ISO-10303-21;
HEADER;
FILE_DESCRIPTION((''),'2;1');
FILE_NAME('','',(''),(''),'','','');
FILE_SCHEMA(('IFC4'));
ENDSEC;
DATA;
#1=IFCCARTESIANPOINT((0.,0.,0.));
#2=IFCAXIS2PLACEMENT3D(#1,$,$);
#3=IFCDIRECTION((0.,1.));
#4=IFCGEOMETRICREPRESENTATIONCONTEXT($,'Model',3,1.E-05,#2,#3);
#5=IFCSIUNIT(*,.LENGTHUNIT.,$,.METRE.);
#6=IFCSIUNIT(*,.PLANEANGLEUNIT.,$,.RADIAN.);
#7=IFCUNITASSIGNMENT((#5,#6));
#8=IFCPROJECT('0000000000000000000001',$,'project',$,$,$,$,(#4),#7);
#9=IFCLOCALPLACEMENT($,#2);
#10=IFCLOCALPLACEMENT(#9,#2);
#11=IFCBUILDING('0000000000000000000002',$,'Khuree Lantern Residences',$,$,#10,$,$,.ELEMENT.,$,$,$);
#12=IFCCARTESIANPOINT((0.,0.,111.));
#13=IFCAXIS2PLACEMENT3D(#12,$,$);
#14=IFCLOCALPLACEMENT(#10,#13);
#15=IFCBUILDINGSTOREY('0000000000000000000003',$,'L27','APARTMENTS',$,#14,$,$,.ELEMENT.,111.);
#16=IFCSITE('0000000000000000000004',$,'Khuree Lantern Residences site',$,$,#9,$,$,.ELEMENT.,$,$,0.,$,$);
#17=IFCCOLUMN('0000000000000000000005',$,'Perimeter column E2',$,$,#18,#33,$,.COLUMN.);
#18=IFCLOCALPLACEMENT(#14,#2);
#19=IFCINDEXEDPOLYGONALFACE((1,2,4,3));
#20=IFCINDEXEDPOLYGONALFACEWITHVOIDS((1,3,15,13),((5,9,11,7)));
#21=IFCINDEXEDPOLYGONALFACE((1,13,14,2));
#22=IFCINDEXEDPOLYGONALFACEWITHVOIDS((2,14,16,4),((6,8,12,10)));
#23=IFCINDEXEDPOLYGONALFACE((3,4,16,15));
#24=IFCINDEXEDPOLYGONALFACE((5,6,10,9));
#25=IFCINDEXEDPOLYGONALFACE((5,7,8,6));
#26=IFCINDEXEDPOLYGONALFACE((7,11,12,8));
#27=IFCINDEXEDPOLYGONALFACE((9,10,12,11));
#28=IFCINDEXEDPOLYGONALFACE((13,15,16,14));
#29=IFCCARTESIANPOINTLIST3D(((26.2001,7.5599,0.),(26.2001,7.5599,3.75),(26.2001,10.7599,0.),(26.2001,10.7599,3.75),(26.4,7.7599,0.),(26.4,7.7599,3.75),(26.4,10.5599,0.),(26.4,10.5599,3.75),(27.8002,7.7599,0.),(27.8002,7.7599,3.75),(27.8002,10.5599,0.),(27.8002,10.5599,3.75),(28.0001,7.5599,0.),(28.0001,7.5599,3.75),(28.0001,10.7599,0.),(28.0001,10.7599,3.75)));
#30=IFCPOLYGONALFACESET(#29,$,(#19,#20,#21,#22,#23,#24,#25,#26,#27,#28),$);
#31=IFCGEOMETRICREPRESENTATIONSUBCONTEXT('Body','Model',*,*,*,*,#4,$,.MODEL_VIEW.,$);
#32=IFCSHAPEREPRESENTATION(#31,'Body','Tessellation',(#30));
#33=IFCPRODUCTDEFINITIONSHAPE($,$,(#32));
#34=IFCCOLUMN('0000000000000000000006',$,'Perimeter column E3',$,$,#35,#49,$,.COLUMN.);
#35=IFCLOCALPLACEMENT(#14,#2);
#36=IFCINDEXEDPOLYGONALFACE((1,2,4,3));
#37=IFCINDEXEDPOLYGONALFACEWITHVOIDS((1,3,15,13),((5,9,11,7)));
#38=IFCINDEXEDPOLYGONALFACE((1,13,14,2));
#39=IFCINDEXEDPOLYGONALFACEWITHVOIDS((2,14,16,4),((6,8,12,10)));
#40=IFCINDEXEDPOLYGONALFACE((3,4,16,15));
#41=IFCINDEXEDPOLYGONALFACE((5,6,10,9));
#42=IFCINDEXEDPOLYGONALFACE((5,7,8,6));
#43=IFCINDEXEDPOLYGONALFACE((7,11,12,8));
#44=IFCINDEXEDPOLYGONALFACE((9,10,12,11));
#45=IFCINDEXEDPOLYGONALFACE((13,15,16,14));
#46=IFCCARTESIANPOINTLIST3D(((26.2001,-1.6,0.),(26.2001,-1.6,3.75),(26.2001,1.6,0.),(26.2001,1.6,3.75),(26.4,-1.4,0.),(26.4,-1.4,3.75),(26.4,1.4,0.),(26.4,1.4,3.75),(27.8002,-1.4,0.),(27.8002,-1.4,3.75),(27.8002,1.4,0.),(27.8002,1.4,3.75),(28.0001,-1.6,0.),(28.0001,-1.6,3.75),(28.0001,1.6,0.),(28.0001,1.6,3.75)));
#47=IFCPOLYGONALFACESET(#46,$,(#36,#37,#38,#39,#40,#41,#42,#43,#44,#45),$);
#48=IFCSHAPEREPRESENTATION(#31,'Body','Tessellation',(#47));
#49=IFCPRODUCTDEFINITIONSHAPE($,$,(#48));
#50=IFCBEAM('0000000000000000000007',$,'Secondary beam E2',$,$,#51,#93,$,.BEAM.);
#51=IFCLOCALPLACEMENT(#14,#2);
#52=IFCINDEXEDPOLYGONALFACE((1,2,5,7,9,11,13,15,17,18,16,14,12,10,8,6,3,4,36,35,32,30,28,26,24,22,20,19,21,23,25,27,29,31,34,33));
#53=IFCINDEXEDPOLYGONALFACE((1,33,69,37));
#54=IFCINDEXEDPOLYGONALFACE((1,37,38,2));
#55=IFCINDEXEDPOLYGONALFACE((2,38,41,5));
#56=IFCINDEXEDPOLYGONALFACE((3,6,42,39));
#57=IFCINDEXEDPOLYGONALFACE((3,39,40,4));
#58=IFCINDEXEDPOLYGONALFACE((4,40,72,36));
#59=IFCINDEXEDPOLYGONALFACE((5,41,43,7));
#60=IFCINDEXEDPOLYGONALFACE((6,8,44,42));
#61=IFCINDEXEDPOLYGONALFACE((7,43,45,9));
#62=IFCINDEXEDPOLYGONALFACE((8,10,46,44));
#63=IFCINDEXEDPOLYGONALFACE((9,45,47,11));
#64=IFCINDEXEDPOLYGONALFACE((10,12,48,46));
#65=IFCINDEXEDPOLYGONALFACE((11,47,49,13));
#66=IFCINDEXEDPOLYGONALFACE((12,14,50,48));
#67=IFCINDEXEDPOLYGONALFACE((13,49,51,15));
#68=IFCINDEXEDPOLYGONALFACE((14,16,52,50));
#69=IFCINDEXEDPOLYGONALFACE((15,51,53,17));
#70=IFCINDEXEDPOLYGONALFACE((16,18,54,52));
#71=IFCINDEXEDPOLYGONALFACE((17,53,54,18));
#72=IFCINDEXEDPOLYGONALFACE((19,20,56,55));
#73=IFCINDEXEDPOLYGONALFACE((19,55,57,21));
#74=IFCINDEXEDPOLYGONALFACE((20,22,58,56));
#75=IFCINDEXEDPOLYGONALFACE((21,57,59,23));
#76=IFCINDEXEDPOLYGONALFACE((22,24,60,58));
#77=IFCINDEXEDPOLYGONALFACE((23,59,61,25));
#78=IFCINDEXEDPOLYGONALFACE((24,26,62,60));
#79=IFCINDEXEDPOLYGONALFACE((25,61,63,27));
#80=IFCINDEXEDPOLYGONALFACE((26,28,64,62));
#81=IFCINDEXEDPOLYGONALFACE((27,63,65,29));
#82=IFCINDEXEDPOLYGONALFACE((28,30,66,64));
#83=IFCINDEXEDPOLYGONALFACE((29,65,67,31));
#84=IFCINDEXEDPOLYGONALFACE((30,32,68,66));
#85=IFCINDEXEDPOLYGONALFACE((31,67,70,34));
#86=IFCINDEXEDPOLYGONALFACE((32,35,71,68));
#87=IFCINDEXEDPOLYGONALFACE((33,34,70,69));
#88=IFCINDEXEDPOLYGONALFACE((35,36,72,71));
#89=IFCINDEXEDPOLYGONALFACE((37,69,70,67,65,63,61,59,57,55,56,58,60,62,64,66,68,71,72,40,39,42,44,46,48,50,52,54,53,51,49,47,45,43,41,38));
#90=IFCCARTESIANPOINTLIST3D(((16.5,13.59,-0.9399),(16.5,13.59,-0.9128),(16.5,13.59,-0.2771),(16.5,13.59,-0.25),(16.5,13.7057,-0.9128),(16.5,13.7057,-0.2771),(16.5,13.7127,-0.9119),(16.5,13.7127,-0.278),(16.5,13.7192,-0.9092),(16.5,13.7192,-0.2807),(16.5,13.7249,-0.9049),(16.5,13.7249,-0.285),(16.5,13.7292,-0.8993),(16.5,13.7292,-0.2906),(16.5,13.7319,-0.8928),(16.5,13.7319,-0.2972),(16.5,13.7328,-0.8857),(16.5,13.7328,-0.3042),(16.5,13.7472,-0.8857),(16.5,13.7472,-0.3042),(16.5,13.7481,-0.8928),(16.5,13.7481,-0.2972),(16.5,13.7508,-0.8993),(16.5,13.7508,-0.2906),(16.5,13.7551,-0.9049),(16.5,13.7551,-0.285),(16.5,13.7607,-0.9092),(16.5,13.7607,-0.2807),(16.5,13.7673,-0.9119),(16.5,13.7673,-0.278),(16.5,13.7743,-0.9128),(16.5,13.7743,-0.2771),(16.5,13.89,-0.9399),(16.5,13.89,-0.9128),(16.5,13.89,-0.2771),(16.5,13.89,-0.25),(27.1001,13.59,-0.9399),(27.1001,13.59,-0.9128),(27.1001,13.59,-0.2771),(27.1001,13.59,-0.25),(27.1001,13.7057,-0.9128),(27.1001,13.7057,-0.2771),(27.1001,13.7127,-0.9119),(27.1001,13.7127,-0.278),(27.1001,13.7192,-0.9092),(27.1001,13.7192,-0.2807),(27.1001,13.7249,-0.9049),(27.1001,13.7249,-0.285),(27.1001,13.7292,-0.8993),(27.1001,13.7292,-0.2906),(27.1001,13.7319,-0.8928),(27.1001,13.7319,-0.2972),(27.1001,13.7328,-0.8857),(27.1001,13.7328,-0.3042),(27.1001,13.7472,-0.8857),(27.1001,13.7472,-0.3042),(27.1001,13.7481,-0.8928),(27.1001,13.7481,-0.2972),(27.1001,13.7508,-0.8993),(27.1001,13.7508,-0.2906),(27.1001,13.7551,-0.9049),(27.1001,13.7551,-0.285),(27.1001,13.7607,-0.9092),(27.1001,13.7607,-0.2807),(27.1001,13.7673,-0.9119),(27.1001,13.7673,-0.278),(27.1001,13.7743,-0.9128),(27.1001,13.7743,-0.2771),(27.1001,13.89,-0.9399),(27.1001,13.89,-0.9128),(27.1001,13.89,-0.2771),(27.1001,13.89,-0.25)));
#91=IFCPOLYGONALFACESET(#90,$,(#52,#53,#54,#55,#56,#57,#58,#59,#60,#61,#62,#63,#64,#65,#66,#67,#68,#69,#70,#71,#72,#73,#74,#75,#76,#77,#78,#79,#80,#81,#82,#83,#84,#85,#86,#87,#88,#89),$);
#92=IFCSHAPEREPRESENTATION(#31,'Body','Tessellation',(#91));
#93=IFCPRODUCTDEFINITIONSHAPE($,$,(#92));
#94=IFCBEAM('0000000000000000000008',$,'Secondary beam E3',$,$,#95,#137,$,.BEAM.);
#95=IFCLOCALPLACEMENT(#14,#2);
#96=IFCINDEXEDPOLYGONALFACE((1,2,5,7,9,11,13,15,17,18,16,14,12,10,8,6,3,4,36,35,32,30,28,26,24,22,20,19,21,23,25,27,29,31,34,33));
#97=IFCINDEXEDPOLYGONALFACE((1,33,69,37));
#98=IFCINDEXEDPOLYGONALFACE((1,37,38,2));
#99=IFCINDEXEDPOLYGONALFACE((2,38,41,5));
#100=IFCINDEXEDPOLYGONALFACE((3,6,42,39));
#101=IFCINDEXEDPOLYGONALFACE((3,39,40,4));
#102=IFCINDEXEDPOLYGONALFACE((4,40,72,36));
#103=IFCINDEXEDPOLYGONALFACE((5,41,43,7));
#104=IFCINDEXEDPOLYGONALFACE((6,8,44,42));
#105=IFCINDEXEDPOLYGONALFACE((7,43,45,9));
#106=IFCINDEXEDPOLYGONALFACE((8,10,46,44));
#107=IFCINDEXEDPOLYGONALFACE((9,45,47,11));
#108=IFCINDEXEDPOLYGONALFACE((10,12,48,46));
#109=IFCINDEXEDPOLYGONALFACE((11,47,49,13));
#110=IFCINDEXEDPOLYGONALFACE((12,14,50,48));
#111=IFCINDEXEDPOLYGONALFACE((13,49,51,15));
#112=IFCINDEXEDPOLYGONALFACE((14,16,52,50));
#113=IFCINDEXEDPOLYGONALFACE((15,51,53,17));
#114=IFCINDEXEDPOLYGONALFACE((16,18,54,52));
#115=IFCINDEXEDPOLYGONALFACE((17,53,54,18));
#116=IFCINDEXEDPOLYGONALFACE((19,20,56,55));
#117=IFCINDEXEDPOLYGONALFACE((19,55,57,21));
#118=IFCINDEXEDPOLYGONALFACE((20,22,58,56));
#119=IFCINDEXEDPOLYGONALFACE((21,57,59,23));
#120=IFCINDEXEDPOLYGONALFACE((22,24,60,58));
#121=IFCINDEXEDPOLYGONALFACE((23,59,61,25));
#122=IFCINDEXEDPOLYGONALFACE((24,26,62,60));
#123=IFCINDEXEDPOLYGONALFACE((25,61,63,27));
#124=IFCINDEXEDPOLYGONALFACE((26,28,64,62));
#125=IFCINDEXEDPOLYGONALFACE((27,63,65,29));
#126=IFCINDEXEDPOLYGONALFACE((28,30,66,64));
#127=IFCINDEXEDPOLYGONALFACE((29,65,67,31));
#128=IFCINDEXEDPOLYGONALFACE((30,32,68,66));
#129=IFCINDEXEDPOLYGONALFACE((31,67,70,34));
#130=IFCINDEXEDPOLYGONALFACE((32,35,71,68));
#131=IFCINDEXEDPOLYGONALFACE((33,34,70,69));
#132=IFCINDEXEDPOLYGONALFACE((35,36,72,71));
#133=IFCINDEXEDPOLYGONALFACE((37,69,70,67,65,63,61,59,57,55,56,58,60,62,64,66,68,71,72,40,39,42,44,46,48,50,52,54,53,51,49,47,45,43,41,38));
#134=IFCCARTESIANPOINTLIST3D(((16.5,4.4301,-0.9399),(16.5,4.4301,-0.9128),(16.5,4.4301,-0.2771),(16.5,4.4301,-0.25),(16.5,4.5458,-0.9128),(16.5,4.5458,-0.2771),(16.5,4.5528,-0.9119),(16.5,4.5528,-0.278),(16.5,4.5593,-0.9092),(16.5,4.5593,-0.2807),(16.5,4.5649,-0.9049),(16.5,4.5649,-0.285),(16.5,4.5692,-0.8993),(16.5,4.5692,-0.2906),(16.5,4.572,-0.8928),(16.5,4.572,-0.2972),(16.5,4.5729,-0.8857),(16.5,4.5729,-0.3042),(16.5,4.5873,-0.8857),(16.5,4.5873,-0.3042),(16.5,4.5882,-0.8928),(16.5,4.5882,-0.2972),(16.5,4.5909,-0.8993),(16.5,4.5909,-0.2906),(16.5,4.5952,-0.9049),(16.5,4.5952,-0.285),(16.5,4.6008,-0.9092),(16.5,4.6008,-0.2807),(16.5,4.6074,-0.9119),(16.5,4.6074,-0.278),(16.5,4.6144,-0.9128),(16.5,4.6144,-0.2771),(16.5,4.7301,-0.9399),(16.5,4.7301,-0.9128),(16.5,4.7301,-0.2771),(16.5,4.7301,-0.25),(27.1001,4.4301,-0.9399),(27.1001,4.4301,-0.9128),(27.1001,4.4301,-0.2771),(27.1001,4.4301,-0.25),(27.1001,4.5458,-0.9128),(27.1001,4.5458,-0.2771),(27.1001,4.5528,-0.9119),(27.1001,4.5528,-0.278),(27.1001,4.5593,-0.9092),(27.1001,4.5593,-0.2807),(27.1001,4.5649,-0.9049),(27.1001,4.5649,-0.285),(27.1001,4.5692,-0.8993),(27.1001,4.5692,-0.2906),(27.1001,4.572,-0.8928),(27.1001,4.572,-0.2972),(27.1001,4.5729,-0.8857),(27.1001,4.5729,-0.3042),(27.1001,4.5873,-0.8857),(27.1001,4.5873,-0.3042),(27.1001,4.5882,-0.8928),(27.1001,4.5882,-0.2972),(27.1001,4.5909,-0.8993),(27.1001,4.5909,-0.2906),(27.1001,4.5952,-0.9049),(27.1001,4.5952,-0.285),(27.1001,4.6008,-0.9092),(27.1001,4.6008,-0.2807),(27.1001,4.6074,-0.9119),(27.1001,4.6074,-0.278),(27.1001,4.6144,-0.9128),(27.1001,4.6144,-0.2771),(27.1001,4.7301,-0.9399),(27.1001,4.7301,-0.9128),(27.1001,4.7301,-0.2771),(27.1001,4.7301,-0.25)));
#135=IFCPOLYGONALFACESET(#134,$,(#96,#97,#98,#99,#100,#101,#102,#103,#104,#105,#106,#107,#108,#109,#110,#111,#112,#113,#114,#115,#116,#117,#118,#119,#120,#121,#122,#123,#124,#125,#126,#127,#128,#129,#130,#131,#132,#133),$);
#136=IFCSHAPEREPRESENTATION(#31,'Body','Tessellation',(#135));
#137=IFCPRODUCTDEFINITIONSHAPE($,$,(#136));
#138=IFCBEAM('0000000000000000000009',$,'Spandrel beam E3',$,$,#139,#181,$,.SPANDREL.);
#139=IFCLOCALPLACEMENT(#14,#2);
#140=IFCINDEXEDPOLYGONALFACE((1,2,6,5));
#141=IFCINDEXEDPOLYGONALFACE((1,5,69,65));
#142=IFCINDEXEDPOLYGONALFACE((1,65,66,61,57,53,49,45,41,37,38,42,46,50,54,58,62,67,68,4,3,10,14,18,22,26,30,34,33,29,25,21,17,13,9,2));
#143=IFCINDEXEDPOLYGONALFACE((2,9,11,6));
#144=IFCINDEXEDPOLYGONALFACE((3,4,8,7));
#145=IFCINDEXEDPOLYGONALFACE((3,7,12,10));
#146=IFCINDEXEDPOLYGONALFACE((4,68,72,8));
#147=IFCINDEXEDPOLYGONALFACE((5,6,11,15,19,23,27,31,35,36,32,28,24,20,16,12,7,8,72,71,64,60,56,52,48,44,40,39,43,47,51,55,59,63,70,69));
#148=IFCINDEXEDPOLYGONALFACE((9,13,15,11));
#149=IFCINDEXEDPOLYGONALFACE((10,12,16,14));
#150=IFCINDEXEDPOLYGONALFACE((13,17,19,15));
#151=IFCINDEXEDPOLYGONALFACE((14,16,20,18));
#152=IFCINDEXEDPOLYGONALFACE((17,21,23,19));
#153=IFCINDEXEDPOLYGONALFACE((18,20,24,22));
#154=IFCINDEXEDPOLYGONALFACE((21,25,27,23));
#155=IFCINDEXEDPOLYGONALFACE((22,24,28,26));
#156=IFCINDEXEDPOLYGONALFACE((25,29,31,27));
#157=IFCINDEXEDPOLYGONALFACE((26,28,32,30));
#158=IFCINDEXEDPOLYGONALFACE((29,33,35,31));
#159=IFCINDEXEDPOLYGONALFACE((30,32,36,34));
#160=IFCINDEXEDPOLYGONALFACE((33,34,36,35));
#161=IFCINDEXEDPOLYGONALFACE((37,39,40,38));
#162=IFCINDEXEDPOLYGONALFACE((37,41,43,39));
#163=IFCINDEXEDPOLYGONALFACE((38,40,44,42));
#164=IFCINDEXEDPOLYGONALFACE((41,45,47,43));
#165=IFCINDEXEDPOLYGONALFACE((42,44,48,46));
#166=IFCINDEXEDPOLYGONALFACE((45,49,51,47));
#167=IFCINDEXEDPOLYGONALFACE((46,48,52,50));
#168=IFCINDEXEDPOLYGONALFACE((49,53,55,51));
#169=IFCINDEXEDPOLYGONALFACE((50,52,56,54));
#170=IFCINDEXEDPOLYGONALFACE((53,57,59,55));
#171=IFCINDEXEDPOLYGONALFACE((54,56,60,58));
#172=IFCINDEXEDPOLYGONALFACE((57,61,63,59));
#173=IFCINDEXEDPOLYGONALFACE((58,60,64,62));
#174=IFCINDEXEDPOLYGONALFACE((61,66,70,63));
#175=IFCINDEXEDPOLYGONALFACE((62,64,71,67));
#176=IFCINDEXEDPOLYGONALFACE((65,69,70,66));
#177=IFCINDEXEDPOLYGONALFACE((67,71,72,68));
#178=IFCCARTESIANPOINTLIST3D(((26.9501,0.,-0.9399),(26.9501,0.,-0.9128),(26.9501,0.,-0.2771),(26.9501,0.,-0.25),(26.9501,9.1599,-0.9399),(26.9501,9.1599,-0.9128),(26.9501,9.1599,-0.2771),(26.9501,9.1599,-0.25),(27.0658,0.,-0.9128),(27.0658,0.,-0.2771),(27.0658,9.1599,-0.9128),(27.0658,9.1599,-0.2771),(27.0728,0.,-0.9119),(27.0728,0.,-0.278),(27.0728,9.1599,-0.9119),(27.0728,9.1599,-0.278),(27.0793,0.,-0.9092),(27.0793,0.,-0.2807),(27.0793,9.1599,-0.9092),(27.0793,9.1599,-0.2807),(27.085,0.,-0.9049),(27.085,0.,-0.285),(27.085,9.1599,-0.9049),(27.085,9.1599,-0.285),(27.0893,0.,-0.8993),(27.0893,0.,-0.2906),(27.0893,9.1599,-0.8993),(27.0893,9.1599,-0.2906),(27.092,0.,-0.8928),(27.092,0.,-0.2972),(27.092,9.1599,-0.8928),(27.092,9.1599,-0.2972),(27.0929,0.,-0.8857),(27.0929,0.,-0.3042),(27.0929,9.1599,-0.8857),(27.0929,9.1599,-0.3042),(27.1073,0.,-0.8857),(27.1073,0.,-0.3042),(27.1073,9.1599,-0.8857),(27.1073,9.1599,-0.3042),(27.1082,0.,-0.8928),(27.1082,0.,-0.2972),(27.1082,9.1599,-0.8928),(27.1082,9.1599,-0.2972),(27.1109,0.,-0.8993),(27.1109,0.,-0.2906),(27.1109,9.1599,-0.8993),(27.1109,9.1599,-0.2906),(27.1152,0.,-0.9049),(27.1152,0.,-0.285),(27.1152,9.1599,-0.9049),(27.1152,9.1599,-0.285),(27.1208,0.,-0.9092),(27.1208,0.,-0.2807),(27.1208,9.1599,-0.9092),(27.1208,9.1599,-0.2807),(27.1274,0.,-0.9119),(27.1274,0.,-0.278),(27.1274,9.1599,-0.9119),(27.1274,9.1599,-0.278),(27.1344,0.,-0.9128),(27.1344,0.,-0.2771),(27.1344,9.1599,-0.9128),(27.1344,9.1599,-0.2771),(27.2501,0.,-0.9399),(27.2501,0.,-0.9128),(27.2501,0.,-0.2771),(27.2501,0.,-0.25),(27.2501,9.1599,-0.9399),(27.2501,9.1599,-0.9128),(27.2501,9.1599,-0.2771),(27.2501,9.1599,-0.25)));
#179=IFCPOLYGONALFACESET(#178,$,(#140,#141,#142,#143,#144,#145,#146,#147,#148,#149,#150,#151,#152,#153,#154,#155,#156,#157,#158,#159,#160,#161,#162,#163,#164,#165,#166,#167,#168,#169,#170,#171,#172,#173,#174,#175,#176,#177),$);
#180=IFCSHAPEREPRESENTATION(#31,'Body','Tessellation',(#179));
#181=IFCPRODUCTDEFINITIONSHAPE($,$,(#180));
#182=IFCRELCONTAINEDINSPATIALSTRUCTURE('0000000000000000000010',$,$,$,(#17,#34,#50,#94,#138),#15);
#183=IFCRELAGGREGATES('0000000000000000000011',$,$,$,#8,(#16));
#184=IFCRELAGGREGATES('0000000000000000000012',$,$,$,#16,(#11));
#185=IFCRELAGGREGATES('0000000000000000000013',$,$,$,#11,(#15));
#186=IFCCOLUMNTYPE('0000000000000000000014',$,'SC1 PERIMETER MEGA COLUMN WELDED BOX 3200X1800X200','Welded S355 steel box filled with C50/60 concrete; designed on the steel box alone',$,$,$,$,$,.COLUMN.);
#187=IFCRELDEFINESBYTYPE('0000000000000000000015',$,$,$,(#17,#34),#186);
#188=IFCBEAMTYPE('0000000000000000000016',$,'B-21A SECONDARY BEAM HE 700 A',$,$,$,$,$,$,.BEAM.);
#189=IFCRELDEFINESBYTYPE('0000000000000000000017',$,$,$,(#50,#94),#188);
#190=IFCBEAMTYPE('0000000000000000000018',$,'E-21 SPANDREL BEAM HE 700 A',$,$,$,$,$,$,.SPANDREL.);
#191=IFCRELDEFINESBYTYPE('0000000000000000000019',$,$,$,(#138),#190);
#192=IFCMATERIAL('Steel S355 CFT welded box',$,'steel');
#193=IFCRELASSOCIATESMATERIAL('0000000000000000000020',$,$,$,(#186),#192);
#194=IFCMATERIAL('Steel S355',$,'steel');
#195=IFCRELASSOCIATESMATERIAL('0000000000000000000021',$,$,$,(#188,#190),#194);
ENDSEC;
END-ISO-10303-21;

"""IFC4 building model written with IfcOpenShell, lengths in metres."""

from ifc_helpers import new_model, si_unit, direction, frame, origin, origin_2d, place, context, subcontext, project, spatial, hollow_rectangle, i_section, extrude, material, material_profile, profile_set, type_object, element, save


model = new_model("IFC4")

# Units and contexts
model_context = context("Model", 3, precision=1e-05, world=origin(), true_north=direction((0.0, 1.0)))
body_context = subcontext(model_context, "Body", "Model", "MODEL_VIEW")
ifc_project = project(units=[si_unit("LENGTHUNIT", "METRE"), si_unit("PLANEANGLEUNIT", "RADIAN")], contexts=[model_context])

# Site, building, storey
site_placement = place(None, origin())
site = spatial("IfcSite", under=ifc_project, at=site_placement, Name="Khuree Lantern Residences site", CompositionType="ELEMENT", RefElevation=0.0)
building_placement = place(site_placement, origin())
building = spatial("IfcBuilding", under=site, at=building_placement, Name="Khuree Lantern Residences", CompositionType="ELEMENT")
storey_placement = place(building_placement, frame((0.0, 0.0, 111.0)))
storey = spatial("IfcBuildingStorey", under=building, at=storey_placement, Name="L27", Description="APARTMENTS", CompositionType="ELEMENT", Elevation=111.0)

# Columns
ifc_material_1 = material(Name="Steel S355 CFT welded box", Category="steel")
ifc_material_profile_1 = material_profile(ifc_material_1, hollow_rectangle(XDim=3.2, YDim=1.8, WallThickness=0.2, at=origin_2d()), Name="WELDED BOX 3200X1800X200")
ifc_profile_set_1 = profile_set([ifc_material_profile_1], Name="Steel S355 CFT welded box")
column_type = type_object("IfcColumnType", Name="SC1 PERIMETER MEGA COLUMN WELDED BOX 3200X1800X200", Description="Welded S355 steel box filled with C50/60 concrete; designed on the steel box alone", PredefinedType="COLUMN", material=ifc_profile_set_1)
for number, where, z_axis, x_axis, name in (
    (1, (27.1001, 9.1599, 0.0), (0.0, 0.0, 1.0), (0.0, 1.0, 0.0), "Perimeter column E2"),
    (2, (27.1001, 0.0, 0.0), (0.0, 0.0, 1.0), (0.0, 1.0, 0.0), "Perimeter column E3"),
):
    element("IfcColumn", number, at=place(storey_placement, frame(where, z_axis=z_axis, x_axis=x_axis)), inside=storey, type_object=column_type, Name=name, PredefinedType="COLUMN", context=body_context, shape_type="SweptSolid", body=[
        extrude(hollow_rectangle(XDim=3.2, YDim=1.8, WallThickness=0.2, at=origin_2d()), origin(), (0.0, 0.0, 1.0), 3.75),
    ])

# Beams
ifc_material_2 = material(Name="Steel S355", Category="steel")
ifc_material_profile_2 = material_profile(ifc_material_2, i_section(OverallWidth=0.3, OverallDepth=0.6899, WebThickness=0.0144, FlangeThickness=0.0271, FilletRadius=0.0271, at=origin_2d()), Name="HE 700 A")
ifc_profile_set_2 = profile_set([ifc_material_profile_2], Name="Steel S355")
beam_type_1 = type_object("IfcBeamType", Name="B-21A SECONDARY BEAM HE 700 A", PredefinedType="BEAM", material=ifc_profile_set_2)
for number, where, z_axis, x_axis, name in (
    (3, (27.1001, 13.74, -0.595), (-1.0, 0.0, 0.0), (0.0, -1.0, 0.0), "Secondary beam E2"),
    (4, (27.1001, 4.5801, -0.595), (-1.0, 0.0, 0.0), (0.0, -1.0, 0.0), "Secondary beam E3"),
):
    element("IfcBeam", number, at=place(storey_placement, frame(where, z_axis=z_axis, x_axis=x_axis)), inside=storey, type_object=beam_type_1, Name=name, PredefinedType="BEAM", context=body_context, shape_type="SweptSolid", body=[
        extrude(i_section(OverallWidth=0.3, OverallDepth=0.6899, WebThickness=0.0144, FlangeThickness=0.0271, FilletRadius=0.0271, at=origin_2d()), origin(), (0.0, 0.0, 1.0), 10.6001),
    ])
ifc_material_profile_3 = material_profile(ifc_material_2, i_section(OverallWidth=0.3, OverallDepth=0.6899, WebThickness=0.0144, FlangeThickness=0.0271, FilletRadius=0.0271, at=origin_2d()), Name="HE 700 A")
ifc_profile_set_3 = profile_set([ifc_material_profile_3], Name="Steel S355")
beam_type_2 = type_object("IfcBeamType", Name="E-21 SPANDREL BEAM HE 700 A", PredefinedType="SPANDREL", material=ifc_profile_set_3)
for number, where, z_axis, x_axis, name in (
    (5, (27.1001, 9.1599, -0.595), (0.0, -1.0, 0.0), (1.0, 0.0, 0.0), "Spandrel beam E3"),
):
    element("IfcBeam", number, at=place(storey_placement, frame(where, z_axis=z_axis, x_axis=x_axis)), inside=storey, type_object=beam_type_2, Name=name, PredefinedType="SPANDREL", context=body_context, shape_type="SweptSolid", body=[
        extrude(i_section(OverallWidth=0.3, OverallDepth=0.6899, WebThickness=0.0144, FlangeThickness=0.0271, FilletRadius=0.0271, at=origin_2d()), origin(), (0.0, 0.0, 1.0), 9.1599),
    ])

save(model, "model.ifc")
